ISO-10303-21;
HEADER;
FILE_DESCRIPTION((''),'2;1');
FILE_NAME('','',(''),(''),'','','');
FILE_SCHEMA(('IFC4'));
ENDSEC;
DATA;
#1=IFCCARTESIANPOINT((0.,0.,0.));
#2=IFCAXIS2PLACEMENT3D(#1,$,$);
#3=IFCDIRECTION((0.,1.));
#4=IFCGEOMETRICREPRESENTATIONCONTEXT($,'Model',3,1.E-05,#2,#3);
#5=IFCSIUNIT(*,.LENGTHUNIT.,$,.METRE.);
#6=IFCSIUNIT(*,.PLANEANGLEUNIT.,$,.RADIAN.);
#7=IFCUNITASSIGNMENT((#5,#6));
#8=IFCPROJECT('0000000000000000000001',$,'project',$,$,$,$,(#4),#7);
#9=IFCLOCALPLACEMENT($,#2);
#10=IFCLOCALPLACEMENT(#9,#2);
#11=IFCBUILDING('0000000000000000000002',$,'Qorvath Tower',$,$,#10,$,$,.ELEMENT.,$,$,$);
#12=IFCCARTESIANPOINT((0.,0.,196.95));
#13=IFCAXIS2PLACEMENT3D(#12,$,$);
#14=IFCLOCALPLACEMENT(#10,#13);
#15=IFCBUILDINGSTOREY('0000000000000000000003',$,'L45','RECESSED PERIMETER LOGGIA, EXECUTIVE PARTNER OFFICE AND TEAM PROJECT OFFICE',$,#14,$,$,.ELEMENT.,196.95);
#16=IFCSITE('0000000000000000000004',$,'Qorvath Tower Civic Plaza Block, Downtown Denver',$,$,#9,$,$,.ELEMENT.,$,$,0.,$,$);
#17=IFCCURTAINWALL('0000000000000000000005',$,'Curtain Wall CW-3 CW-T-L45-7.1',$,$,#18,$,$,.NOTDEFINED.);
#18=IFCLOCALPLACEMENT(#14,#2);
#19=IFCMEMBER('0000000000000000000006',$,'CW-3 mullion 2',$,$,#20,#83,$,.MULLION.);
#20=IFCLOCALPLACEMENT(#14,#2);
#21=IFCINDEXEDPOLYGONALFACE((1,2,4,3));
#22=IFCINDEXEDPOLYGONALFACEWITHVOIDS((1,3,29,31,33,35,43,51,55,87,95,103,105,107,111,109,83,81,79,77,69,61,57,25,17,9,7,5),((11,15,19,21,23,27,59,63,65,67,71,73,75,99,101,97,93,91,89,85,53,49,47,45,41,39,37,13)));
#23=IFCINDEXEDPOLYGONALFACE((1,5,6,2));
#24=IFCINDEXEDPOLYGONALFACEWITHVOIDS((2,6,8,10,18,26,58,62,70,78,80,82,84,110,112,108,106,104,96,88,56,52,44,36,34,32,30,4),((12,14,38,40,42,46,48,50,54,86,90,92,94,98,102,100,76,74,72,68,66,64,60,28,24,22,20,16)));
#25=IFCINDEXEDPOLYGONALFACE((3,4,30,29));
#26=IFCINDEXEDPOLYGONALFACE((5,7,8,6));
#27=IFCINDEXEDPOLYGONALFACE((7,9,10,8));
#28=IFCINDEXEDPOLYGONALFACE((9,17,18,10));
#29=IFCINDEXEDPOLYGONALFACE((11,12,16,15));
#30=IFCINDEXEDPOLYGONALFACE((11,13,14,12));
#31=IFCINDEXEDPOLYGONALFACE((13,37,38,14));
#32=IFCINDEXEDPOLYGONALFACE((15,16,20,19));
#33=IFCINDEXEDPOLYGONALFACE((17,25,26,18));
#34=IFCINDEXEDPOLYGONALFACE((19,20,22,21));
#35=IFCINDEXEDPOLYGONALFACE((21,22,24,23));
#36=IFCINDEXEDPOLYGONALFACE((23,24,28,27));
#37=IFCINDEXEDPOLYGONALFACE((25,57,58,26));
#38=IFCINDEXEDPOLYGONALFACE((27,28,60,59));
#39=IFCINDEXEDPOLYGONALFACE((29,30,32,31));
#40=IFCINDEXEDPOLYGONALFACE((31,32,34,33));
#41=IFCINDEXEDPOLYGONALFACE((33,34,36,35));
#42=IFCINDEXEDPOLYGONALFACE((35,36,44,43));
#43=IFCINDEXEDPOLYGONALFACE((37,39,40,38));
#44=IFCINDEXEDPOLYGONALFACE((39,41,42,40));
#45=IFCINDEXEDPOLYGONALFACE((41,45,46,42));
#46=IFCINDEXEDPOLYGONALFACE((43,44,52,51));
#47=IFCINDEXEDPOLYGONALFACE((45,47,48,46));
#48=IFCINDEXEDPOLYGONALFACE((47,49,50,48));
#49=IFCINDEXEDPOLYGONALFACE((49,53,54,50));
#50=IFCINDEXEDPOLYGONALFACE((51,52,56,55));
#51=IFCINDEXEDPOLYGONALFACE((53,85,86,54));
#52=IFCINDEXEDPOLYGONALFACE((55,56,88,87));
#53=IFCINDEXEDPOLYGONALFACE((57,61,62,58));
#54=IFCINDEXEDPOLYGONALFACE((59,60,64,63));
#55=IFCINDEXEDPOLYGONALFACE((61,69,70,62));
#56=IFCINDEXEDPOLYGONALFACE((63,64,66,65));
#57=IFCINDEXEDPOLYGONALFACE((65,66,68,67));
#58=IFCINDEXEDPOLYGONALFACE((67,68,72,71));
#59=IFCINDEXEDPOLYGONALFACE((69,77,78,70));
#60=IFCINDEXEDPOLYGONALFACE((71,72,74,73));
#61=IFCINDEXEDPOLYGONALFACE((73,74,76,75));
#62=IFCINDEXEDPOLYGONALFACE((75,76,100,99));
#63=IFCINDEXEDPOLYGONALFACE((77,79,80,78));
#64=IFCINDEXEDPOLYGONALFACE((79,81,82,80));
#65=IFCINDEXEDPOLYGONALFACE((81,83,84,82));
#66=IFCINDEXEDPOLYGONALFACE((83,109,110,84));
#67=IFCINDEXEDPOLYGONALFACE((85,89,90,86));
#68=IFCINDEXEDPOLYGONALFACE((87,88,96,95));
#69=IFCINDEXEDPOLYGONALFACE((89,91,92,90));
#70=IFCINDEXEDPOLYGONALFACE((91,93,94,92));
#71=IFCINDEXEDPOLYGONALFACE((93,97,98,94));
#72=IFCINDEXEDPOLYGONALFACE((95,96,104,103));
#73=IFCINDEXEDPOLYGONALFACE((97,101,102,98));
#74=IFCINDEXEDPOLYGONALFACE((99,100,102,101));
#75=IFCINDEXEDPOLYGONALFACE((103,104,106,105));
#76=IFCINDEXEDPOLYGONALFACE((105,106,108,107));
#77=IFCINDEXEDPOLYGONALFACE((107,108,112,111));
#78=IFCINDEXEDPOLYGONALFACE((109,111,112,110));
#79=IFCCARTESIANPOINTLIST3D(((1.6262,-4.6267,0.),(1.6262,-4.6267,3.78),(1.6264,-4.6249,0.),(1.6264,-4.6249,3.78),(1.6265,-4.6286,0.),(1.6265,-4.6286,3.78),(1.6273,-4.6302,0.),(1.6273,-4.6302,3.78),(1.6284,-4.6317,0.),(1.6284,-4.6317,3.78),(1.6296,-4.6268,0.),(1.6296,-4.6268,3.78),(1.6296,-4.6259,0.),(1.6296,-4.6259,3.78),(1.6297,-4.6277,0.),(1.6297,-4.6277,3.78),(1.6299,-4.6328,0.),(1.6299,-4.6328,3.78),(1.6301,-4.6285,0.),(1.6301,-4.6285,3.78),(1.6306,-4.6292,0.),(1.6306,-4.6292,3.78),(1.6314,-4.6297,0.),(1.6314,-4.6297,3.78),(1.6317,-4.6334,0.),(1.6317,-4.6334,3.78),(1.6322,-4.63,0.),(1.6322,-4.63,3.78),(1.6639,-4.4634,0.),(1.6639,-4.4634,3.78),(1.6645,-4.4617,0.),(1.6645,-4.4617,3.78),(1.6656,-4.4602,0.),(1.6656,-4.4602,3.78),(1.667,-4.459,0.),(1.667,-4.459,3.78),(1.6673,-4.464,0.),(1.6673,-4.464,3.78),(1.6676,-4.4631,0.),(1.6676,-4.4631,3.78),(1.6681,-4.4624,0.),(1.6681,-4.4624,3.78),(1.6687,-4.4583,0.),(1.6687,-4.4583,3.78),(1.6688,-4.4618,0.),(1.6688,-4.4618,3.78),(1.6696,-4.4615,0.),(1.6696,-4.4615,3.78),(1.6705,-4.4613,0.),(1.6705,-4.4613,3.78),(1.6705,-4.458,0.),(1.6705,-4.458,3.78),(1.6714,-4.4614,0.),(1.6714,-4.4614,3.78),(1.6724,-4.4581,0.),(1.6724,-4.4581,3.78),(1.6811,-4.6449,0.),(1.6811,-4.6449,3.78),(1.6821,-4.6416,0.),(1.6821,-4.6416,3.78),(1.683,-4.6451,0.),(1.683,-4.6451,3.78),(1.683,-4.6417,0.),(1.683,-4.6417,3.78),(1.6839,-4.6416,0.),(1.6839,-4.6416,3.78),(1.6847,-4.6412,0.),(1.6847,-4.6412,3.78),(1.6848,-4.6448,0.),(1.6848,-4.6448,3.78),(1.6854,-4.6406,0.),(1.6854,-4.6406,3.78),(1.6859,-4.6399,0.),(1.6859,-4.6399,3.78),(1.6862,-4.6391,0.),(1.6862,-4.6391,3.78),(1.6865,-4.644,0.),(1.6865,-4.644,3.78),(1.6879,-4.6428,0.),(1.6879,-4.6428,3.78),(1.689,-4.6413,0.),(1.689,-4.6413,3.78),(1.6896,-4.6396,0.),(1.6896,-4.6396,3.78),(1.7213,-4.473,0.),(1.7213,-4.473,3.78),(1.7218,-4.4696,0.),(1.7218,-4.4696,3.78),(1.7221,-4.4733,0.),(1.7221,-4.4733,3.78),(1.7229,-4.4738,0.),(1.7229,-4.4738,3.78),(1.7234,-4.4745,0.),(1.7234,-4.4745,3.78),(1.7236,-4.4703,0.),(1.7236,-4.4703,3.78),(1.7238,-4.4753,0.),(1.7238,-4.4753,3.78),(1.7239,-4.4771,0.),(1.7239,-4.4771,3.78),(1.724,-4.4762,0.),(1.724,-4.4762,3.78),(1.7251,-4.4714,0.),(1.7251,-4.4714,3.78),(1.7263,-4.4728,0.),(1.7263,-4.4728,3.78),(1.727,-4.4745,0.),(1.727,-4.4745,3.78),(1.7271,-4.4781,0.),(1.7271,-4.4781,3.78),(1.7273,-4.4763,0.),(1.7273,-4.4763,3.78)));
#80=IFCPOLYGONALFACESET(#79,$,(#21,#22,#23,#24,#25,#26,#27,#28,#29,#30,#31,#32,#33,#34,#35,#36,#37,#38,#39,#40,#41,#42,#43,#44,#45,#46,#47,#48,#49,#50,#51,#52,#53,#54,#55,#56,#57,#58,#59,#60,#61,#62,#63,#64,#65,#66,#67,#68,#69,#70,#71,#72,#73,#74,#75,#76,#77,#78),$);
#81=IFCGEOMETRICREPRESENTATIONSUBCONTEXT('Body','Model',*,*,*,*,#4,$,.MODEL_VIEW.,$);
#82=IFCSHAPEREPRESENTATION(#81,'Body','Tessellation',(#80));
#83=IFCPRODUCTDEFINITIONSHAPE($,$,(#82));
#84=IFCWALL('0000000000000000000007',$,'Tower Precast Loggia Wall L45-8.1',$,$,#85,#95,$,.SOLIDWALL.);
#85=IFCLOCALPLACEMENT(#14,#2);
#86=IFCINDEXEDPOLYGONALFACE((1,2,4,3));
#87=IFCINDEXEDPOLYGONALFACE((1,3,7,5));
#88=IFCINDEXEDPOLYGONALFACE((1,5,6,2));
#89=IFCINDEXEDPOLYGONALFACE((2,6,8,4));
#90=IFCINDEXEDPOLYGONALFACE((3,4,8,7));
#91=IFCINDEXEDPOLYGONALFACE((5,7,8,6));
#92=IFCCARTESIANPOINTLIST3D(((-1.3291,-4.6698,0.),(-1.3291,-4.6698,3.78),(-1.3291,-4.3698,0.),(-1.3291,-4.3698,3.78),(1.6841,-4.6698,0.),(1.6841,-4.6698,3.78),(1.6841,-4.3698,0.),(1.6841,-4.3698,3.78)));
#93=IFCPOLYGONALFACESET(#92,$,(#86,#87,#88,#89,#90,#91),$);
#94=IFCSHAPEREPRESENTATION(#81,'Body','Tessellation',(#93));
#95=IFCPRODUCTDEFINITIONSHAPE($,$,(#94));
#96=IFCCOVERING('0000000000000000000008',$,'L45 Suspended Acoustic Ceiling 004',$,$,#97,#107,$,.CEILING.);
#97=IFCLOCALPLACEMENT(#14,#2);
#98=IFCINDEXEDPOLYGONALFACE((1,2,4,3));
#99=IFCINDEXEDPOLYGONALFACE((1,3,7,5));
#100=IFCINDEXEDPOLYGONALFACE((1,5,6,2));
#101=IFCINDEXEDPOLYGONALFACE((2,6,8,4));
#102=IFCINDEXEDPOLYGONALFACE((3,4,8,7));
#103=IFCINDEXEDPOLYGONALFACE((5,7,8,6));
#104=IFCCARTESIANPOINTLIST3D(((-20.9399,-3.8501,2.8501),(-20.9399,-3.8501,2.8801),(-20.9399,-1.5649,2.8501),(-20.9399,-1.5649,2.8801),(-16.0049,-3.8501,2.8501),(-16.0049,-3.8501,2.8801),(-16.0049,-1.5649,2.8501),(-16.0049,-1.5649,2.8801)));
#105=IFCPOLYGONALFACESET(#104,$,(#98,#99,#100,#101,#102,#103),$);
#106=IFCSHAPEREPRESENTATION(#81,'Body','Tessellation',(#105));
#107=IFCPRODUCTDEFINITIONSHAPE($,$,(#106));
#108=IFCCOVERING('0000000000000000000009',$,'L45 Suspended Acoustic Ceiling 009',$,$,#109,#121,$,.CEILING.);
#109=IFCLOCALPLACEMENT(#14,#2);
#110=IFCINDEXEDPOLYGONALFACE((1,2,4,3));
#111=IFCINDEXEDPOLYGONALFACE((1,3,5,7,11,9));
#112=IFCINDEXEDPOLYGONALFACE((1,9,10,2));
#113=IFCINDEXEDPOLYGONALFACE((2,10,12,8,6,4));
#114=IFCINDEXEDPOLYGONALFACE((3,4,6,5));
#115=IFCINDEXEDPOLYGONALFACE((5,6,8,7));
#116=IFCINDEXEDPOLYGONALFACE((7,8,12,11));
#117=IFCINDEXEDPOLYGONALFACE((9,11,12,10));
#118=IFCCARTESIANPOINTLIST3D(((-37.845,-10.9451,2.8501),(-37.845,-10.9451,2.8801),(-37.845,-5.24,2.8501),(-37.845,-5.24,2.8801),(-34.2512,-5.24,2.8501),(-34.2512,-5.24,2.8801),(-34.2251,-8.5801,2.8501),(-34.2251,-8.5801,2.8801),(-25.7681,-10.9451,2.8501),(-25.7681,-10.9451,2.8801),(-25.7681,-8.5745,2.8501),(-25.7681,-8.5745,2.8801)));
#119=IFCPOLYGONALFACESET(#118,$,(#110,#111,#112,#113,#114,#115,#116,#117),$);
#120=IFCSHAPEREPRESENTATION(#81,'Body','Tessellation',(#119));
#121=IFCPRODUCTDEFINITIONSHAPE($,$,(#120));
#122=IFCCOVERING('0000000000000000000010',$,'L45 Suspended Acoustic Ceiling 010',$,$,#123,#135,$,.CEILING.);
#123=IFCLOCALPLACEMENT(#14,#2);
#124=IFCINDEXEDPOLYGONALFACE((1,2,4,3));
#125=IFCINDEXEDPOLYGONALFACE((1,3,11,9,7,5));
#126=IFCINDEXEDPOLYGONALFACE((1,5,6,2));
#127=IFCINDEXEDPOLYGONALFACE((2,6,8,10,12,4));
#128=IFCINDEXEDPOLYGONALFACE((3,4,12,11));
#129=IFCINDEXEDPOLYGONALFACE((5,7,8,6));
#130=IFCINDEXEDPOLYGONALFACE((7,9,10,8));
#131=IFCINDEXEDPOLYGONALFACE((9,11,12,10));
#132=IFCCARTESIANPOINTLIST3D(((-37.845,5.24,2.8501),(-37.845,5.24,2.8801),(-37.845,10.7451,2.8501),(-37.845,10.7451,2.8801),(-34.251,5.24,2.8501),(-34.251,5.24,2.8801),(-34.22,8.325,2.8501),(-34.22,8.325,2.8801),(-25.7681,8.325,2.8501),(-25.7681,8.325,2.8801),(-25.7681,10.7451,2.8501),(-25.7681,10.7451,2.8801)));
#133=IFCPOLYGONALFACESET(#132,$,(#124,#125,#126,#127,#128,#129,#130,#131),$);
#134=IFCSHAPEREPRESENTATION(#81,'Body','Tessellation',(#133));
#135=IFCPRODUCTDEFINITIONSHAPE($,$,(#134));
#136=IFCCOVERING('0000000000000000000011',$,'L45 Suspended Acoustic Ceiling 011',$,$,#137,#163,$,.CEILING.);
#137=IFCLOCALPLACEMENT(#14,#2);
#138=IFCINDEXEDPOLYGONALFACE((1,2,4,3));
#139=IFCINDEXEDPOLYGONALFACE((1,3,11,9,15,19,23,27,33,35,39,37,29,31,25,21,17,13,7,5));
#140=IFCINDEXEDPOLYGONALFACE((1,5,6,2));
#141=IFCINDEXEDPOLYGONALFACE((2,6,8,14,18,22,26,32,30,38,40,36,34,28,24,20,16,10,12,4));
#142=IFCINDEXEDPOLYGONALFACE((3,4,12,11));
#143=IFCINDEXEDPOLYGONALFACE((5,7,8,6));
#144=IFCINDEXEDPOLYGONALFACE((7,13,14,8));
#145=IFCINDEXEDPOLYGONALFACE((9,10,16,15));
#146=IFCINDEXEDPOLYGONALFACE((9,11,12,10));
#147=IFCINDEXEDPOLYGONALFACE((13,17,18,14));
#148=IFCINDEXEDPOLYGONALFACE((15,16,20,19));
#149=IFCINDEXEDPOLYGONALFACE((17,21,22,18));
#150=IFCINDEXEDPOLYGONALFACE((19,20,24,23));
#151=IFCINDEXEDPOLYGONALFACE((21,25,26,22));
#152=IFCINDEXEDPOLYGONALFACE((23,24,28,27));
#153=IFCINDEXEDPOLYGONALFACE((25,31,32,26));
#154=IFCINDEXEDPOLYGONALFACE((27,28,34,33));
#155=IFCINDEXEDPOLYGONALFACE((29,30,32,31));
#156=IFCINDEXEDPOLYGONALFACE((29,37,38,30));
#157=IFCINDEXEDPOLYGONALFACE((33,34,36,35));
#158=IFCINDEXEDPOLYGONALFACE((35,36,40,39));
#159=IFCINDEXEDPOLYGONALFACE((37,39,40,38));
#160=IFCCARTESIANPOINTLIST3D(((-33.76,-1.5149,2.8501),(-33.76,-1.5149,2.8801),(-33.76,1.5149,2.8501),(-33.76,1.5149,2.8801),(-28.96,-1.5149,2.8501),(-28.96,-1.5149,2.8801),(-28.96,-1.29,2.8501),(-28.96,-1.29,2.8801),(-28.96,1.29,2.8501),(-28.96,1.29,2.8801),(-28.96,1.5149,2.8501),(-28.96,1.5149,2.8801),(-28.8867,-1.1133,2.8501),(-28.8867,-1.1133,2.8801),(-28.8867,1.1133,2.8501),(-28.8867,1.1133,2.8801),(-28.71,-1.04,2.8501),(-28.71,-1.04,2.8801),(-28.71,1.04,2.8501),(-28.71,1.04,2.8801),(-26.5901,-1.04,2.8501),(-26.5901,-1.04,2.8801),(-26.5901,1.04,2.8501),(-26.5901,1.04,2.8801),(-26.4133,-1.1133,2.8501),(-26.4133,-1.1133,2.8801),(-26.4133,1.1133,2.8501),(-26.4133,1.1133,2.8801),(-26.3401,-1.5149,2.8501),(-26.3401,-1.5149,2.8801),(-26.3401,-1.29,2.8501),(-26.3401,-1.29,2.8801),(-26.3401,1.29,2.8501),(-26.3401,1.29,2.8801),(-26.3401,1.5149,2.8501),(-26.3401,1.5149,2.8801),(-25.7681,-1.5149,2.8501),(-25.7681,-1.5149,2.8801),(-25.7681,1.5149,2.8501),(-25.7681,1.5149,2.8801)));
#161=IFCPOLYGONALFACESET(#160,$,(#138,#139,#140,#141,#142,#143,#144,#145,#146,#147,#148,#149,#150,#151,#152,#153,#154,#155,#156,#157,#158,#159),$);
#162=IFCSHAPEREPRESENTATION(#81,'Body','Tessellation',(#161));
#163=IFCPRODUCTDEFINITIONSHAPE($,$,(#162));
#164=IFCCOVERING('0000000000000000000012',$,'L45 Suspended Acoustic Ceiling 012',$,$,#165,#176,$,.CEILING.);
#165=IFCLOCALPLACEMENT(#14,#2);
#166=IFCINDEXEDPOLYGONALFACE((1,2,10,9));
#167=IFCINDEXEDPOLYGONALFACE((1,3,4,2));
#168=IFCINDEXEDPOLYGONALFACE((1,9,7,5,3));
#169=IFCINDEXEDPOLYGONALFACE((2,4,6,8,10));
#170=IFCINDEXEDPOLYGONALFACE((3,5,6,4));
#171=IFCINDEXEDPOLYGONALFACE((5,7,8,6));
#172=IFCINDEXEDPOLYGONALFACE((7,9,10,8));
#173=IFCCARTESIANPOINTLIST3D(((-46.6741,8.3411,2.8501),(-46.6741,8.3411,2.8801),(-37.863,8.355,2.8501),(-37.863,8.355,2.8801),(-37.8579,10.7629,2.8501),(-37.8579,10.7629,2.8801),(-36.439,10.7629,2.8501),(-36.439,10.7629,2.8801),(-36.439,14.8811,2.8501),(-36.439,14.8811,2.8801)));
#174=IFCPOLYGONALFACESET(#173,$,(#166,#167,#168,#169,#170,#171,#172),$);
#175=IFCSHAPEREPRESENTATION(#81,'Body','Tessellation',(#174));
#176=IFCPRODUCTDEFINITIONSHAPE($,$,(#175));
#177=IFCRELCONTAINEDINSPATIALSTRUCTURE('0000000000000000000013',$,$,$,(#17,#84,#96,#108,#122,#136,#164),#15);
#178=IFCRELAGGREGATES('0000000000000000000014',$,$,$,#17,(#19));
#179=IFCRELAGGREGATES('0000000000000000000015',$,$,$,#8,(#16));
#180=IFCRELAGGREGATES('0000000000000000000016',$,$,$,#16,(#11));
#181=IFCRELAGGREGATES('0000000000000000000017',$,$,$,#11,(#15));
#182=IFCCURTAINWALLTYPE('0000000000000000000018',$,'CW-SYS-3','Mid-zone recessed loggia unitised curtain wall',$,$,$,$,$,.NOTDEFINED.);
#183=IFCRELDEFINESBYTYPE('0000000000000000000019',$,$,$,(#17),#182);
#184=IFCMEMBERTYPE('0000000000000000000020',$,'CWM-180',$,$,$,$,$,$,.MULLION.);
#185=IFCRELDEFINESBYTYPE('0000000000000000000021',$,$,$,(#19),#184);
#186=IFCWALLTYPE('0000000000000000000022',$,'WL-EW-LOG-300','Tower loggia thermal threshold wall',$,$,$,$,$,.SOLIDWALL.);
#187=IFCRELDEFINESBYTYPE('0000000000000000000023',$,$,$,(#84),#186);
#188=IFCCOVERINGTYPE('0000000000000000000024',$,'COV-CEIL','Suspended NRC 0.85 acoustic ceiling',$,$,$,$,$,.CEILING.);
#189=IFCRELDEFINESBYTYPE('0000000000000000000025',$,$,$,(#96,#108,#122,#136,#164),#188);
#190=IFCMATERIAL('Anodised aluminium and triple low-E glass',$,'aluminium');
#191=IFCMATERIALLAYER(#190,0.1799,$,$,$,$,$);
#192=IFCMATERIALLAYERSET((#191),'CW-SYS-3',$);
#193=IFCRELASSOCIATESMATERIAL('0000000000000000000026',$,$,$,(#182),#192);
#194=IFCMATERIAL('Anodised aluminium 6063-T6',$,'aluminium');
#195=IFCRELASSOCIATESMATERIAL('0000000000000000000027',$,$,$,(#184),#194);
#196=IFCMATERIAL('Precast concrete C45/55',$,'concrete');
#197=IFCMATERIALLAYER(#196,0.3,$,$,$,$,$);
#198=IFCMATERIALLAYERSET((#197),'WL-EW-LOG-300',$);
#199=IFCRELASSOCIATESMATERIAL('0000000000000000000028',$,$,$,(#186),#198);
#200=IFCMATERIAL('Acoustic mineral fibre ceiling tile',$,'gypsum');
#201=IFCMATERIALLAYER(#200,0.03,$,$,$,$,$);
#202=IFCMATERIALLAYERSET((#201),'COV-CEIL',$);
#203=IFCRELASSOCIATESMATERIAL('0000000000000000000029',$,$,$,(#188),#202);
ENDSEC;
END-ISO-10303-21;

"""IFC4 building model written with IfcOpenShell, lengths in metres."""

from ifc_helpers import new_model, si_unit, direction, frame, frame_2d, origin, origin_2d, place, context, subcontext, project, spatial, polyline, rectangle, hollow_rectangle, outline, extrude, material, layer, layer_set, material_profile, profile_set, type_object, element, aggregate, save


model = new_model("IFC4")

# Units and contexts
model_context = context("Model", 3, precision=1e-05, world=origin(), true_north=direction((0.0, 1.0)))
body_context = subcontext(model_context, "Body", "Model", "MODEL_VIEW")
ifc_project = project(units=[si_unit("LENGTHUNIT", "METRE"), si_unit("PLANEANGLEUNIT", "RADIAN")], contexts=[model_context])

# Site, building, storey
site_placement = place(None, origin())
site = spatial("IfcSite", under=ifc_project, at=site_placement, Name="Qorvath Tower Civic Plaza Block, Downtown Denver", CompositionType="ELEMENT", RefElevation=0.0)
building_placement = place(site_placement, origin())
building = spatial("IfcBuilding", under=site, at=building_placement, Name="Qorvath Tower", CompositionType="ELEMENT")
storey_placement = place(building_placement, frame((0.0, 0.0, 196.95)))
storey = spatial("IfcBuildingStorey", under=building, at=storey_placement, Name="L45", Description="RECESSED PERIMETER LOGGIA, EXECUTIVE PARTNER OFFICE AND TEAM PROJECT OFFICE", CompositionType="ELEMENT", Elevation=196.95)

# Curtain wall, member
ifc_material_1 = material(Name="Anodised aluminium and triple low-E glass", Category="aluminium")
ifc_layer_1 = layer(ifc_material_1, 0.1799)
ifc_layer_set_1 = layer_set([ifc_layer_1], Name="CW-SYS-3")
curtain_wall_type = type_object("IfcCurtainWallType", Name="CW-SYS-3", Description="Mid-zone recessed loggia unitised curtain wall", PredefinedType="NOTDEFINED", material=ifc_layer_set_1)
curtain_wall_placement = place(storey_placement, origin())
curtain_wall = element("IfcCurtainWall", 1, at=curtain_wall_placement, inside=storey, type_object=curtain_wall_type, Name="Curtain Wall CW-3 CW-T-L45-7.1", PredefinedType="NOTDEFINED")
ifc_material_2 = material(Name="Anodised aluminium 6063-T6", Category="aluminium")
ifc_material_profile = material_profile(ifc_material_2, hollow_rectangle(XDim=0.0649, YDim=0.1799, WallThickness=0.0034, InnerFilletRadius=0.0034, OuterFilletRadius=0.0071, at=origin_2d()), Name="CWM 180x65")
ifc_profile_set = profile_set([ifc_material_profile], Name="Anodised aluminium 6063-T6")
member_type = type_object("IfcMemberType", Name="CWM-180", PredefinedType="MULLION", material=ifc_profile_set)
member_placement = place(storey_placement, frame((1.6768, -4.5515, 0.0), z_axis=(0.0, 0.0, 1.0), x_axis=(-0.974064, 0.226272, 0.0)))
member = element("IfcMember", 2, at=member_placement, type_object=member_type, Name="CW-3 mullion 2", PredefinedType="MULLION", context=body_context, shape_type="SweptSolid", body=[
    extrude(hollow_rectangle(XDim=0.0649, YDim=0.1799, WallThickness=0.0034, InnerFilletRadius=0.0034, OuterFilletRadius=0.0071, at=origin_2d()), origin(), (0.0, 0.0, 1.0), 3.78),
])
aggregate(curtain_wall, [member])

# Wall
ifc_material_3 = material(Name="Precast concrete C45/55", Category="concrete")
ifc_layer_2 = layer(ifc_material_3, 0.3)
ifc_layer_set_2 = layer_set([ifc_layer_2], Name="WL-EW-LOG-300")
wall_type = type_object("IfcWallType", Name="WL-EW-LOG-300", Description="Tower loggia thermal threshold wall", PredefinedType="SOLIDWALL", material=ifc_layer_set_2)
wall_placement = place(storey_placement, frame((1.6841, -4.5198, 0.0), z_axis=(0.0, 0.0, 1.0), x_axis=(-1.0, 0.0, 0.0)))
element("IfcWall", 3, at=wall_placement, inside=storey, type_object=wall_type, Name="Tower Precast Loggia Wall L45-8.1", PredefinedType="SOLIDWALL", context=body_context, shape_type="SweptSolid", body=[
    extrude(rectangle(XDim=3.0132, YDim=0.3, at=frame_2d((1.5066, 0.0))), origin(), (0.0, 0.0, 1.0), 3.78),
])

# Coverings
ifc_material_4 = material(Name="Acoustic mineral fibre ceiling tile", Category="gypsum")
ifc_layer_3 = layer(ifc_material_4, 0.03)
ifc_layer_set_3 = layer_set([ifc_layer_3], Name="COV-CEIL")
covering_type_1 = type_object("IfcCoveringType", Name="COV-CEIL", Description="Suspended NRC 0.85 acoustic ceiling", PredefinedType="CEILING", material=ifc_layer_set_3)
covering_1_placement = place(storey_placement, frame((0.0, 0.0, 2.8501)))
element("IfcCovering", 4, at=covering_1_placement, inside=storey, type_object=covering_type_1, Name="L45 Suspended Acoustic Ceiling 004", PredefinedType="CEILING", context=body_context, shape_type="SweptSolid", body=[
    extrude(outline(polyline([(-20.9399, -1.5649), (-20.9399, -3.8501), (-16.0049, -3.8501), (-16.0049, -1.5649), (-20.9399, -1.5649)])), origin(), (0.0, 0.0, 1.0), 0.03),
])
covering_2_placement = place(storey_placement, frame((0.0, 0.0, 2.8501)))
element("IfcCovering", 5, at=covering_2_placement, inside=storey, type_object=covering_type_1, Name="L45 Suspended Acoustic Ceiling 009", PredefinedType="CEILING", context=body_context, shape_type="SweptSolid", body=[
    extrude(outline(polyline([(-34.2251, -8.5801), (-34.2512, -5.24), (-37.845, -5.24), (-37.845, -10.9451), (-25.7681, -10.9451), (-25.7681, -8.5745), (-34.2251, -8.5801)])), origin(), (0.0, 0.0, 1.0), 0.03),
])
covering_3_placement = place(storey_placement, frame((0.0, 0.0, 2.8501)))
element("IfcCovering", 6, at=covering_3_placement, inside=storey, type_object=covering_type_1, Name="L45 Suspended Acoustic Ceiling 010", PredefinedType="CEILING", context=body_context, shape_type="SweptSolid", body=[
    extrude(outline(polyline([(-25.7681, 8.325), (-25.7681, 10.7451), (-37.845, 10.7451), (-37.845, 5.24), (-34.251, 5.24), (-34.22, 8.325), (-25.7681, 8.325)])), origin(), (0.0, 0.0, 1.0), 0.03),
])
covering_4_placement = place(storey_placement, frame((0.0, 0.0, 2.8501)))
element("IfcCovering", 7, at=covering_4_placement, inside=storey, type_object=covering_type_1, Name="L45 Suspended Acoustic Ceiling 011", PredefinedType="CEILING", context=body_context, shape_type="SweptSolid", body=[
    extrude(outline(polyline([(-25.7681, -1.5149), (-25.7681, 1.5149), (-26.3401, 1.5149), (-26.3401, 1.29), (-26.4133, 1.1133), (-26.5901, 1.04), (-28.71, 1.04), (-28.8867, 1.1133), (-28.96, 1.29), (-28.96, 1.5149), (-33.76, 1.5149), (-33.76, -1.5149), (-28.96, -1.5149), (-28.96, -1.29), (-28.8867, -1.1133), (-28.71, -1.04), (-26.5901, -1.04), (-26.4133, -1.1133), (-26.3401, -1.29), (-26.3401, -1.5149), (-25.7681, -1.5149)])), origin(), (0.0, 0.0, 1.0), 0.03),
])
covering_5_placement = place(storey_placement, frame((0.0, 0.0, 2.8501)))
element("IfcCovering", 8, at=covering_5_placement, inside=storey, type_object=covering_type_1, Name="L45 Suspended Acoustic Ceiling 012", PredefinedType="CEILING", context=body_context, shape_type="SweptSolid", body=[
    extrude(outline(polyline([(-36.439, 10.7629), (-36.439, 14.8811), (-46.6741, 8.3411), (-37.863, 8.355), (-37.8579, 10.7629), (-36.439, 10.7629)])), origin(), (0.0, 0.0, 1.0), 0.03),
])

save(model, "model.ifc")
